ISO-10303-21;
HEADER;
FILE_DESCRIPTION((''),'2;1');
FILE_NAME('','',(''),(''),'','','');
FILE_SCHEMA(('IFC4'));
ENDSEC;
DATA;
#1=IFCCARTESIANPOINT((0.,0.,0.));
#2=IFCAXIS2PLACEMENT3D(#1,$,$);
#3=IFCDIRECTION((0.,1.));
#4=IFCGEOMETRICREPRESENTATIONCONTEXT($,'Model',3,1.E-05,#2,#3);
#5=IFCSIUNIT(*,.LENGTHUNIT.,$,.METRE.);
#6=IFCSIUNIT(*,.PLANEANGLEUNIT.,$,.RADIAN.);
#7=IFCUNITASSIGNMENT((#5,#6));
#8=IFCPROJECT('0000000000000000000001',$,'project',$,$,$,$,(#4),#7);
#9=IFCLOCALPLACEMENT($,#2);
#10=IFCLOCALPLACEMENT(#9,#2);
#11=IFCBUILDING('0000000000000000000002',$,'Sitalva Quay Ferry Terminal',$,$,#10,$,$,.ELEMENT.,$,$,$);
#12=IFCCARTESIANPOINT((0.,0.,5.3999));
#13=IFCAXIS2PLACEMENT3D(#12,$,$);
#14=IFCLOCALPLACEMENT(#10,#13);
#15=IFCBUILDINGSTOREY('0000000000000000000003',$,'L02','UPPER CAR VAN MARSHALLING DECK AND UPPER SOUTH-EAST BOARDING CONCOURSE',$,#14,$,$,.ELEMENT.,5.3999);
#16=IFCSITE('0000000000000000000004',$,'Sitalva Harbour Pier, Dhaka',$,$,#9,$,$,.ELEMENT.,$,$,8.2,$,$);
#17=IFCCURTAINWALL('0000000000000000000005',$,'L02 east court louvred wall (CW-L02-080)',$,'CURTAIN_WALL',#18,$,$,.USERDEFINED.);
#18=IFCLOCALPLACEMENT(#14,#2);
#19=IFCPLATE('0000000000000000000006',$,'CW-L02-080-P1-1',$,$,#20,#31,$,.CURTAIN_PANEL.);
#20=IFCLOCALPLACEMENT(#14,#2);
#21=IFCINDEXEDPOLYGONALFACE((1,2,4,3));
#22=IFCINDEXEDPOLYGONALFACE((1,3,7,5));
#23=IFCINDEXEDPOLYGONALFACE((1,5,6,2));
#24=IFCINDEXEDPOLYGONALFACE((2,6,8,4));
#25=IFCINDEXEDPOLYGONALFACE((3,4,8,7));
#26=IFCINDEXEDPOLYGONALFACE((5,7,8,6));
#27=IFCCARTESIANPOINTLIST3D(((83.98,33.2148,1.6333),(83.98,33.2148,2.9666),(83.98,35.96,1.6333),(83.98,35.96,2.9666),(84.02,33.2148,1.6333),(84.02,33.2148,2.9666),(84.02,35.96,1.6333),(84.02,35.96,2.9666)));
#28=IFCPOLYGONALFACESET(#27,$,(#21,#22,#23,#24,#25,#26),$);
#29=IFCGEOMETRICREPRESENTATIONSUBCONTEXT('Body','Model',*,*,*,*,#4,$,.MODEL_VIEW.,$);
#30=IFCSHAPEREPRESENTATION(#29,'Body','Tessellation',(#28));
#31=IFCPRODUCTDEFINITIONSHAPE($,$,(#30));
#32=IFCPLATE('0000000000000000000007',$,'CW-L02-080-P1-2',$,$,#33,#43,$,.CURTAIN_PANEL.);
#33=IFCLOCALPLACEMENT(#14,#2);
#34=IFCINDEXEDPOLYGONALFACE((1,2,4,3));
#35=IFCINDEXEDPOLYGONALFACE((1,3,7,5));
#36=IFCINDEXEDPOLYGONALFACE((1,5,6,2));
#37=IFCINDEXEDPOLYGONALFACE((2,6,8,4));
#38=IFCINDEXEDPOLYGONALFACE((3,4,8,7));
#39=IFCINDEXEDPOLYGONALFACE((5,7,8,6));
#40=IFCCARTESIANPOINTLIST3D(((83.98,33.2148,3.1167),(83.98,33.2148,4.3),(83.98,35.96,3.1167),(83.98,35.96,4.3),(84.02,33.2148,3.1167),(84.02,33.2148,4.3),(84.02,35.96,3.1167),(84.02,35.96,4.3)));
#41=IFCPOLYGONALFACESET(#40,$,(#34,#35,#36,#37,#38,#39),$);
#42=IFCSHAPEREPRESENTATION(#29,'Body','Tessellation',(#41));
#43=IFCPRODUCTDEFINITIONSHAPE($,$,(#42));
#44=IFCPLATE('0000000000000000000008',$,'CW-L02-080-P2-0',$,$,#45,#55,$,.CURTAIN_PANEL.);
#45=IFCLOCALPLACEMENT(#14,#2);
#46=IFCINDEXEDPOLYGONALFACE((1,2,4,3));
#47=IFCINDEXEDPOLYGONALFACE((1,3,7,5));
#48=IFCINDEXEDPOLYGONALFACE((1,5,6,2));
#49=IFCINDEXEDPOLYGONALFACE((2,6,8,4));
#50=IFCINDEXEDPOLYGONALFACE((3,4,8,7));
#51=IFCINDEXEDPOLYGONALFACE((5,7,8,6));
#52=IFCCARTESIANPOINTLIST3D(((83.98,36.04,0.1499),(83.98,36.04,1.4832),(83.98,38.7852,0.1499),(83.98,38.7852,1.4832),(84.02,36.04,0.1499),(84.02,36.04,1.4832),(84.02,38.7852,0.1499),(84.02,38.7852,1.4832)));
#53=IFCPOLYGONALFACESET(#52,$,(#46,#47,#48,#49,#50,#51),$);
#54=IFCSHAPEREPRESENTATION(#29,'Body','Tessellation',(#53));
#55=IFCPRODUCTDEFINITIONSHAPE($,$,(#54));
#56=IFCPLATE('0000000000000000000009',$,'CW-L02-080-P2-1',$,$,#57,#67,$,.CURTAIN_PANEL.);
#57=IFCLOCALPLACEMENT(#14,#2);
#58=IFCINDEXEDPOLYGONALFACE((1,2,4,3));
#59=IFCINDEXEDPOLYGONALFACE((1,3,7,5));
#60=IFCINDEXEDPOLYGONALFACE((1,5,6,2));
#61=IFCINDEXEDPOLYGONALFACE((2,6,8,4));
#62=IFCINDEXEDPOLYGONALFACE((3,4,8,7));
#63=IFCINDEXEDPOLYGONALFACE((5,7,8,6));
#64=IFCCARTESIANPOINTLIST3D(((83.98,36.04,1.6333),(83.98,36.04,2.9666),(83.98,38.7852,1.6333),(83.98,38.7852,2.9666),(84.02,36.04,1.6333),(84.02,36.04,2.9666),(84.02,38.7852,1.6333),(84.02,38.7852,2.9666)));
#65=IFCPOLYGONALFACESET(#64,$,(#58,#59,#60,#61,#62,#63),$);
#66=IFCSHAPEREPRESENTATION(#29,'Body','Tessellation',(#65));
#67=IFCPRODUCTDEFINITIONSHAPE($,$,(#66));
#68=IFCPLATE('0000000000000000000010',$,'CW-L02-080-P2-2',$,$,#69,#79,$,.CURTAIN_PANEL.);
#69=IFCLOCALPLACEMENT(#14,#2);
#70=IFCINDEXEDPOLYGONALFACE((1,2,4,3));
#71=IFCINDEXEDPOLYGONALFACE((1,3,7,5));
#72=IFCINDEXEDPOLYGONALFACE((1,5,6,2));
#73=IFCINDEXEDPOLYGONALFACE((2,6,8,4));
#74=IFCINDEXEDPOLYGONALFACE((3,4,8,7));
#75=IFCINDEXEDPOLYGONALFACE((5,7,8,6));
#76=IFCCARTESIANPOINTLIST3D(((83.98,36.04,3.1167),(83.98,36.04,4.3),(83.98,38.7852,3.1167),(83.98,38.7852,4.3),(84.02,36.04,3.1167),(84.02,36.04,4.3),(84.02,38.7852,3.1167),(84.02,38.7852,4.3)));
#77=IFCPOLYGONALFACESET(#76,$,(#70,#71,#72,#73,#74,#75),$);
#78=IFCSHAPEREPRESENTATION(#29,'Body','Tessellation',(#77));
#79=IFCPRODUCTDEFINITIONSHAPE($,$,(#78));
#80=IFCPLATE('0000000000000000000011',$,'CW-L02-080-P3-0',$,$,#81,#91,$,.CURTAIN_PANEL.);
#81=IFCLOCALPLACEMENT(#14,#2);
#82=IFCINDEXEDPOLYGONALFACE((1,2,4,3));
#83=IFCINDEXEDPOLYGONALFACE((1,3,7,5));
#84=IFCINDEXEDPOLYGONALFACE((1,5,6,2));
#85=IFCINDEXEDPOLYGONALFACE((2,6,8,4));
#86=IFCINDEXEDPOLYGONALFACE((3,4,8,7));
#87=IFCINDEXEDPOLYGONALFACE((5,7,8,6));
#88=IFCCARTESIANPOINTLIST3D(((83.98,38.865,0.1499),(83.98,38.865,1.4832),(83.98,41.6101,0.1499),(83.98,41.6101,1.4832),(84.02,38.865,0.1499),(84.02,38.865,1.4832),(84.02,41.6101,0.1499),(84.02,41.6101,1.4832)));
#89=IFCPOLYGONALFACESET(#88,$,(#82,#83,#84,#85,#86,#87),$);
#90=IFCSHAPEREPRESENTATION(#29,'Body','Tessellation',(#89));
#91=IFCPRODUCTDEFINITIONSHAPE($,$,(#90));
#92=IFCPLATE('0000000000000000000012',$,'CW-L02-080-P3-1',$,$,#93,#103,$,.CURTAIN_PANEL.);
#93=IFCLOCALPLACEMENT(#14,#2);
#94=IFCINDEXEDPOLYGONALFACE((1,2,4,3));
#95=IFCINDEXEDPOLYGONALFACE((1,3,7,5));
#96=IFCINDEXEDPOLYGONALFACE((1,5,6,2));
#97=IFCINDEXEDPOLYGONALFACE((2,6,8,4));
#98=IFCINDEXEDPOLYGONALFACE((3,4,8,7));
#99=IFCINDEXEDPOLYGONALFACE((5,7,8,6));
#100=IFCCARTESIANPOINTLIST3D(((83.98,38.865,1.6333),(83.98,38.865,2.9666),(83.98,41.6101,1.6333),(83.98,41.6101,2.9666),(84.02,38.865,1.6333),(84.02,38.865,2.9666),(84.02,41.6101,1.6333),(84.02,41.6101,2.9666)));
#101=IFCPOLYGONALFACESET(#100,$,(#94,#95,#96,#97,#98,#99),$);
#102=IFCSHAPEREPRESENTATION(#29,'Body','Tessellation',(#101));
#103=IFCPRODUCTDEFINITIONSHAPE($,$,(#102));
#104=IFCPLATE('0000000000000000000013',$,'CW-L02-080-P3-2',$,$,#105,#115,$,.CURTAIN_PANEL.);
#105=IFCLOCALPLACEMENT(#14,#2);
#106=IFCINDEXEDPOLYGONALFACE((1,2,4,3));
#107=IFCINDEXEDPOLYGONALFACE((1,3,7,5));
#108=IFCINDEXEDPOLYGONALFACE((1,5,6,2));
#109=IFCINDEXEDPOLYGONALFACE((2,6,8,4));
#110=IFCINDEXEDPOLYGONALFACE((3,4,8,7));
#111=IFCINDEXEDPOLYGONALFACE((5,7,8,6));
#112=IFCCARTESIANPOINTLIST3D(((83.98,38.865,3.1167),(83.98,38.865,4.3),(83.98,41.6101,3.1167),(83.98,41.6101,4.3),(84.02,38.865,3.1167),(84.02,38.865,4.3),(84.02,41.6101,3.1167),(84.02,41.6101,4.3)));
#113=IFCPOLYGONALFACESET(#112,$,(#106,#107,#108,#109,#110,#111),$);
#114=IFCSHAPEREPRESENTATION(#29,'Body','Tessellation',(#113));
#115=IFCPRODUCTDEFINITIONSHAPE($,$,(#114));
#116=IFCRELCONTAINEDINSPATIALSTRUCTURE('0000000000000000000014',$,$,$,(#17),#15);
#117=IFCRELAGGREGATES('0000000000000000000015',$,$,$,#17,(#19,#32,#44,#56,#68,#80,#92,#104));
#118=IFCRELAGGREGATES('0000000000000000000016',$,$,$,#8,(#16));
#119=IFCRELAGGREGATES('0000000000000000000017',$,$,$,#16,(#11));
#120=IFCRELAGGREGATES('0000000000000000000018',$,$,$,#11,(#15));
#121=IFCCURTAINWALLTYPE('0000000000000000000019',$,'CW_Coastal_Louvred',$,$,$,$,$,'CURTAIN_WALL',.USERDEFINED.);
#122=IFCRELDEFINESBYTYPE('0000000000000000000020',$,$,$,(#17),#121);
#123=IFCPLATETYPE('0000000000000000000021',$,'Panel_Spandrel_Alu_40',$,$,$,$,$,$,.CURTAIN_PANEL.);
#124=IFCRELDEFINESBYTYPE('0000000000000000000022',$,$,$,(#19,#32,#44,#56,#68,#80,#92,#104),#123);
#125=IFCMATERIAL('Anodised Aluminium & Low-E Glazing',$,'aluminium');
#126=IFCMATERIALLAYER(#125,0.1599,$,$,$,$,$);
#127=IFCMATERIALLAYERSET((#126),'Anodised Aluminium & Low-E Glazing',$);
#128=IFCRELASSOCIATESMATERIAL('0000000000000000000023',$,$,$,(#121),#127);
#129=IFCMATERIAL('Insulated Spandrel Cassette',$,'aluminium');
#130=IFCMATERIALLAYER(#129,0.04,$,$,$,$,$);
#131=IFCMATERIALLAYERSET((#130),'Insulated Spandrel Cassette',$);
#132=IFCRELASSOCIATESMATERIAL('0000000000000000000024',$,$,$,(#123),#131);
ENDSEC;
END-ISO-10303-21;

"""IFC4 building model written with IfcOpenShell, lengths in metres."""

from ifc_helpers import new_model, si_unit, direction, frame, origin, origin_2d, place, context, subcontext, project, spatial, rectangle, extrude, material, layer, layer_set, type_object, element, aggregate, save


model = new_model("IFC4")

# Units and contexts
model_context = context("Model", 3, precision=1e-05, world=origin(), true_north=direction((0.0, 1.0)))
body_context = subcontext(model_context, "Body", "Model", "MODEL_VIEW")
ifc_project = project(units=[si_unit("LENGTHUNIT", "METRE"), si_unit("PLANEANGLEUNIT", "RADIAN")], contexts=[model_context])

# Site, building, storey
site_placement = place(None, origin())
site = spatial("IfcSite", under=ifc_project, at=site_placement, Name="Sitalva Harbour Pier, Dhaka", CompositionType="ELEMENT", RefElevation=8.2)
building_placement = place(site_placement, origin())
building = spatial("IfcBuilding", under=site, at=building_placement, Name="Sitalva Quay Ferry Terminal", CompositionType="ELEMENT")
storey_placement = place(building_placement, frame((0.0, 0.0, 5.3999)))
storey = spatial("IfcBuildingStorey", under=building, at=storey_placement, Name="L02", Description="UPPER CAR VAN MARSHALLING DECK AND UPPER SOUTH-EAST BOARDING CONCOURSE", CompositionType="ELEMENT", Elevation=5.3999)

# Curtain wall, plates
ifc_material_1 = material(Name="Anodised Aluminium & Low-E Glazing", Category="aluminium")
ifc_layer_1 = layer(ifc_material_1, 0.1599)
ifc_layer_set_1 = layer_set([ifc_layer_1], Name="Anodised Aluminium & Low-E Glazing")
curtain_wall_type = type_object("IfcCurtainWallType", Name="CW_Coastal_Louvred", ElementType="CURTAIN_WALL", PredefinedType="USERDEFINED", material=ifc_layer_set_1)
curtain_wall_placement = place(storey_placement, origin())
curtain_wall = element("IfcCurtainWall", 1, at=curtain_wall_placement, inside=storey, type_object=curtain_wall_type, Name="L02 east court louvred wall (CW-L02-080)", ObjectType="CURTAIN_WALL", PredefinedType="USERDEFINED")
ifc_material_2 = material(Name="Insulated Spandrel Cassette", Category="aluminium")
ifc_layer_2 = layer(ifc_material_2, 0.04)
ifc_layer_set_2 = layer_set([ifc_layer_2], Name="Insulated Spandrel Cassette")
plate_type = type_object("IfcPlateType", Name="Panel_Spandrel_Alu_40", PredefinedType="CURTAIN_PANEL", material=ifc_layer_set_2)
plate_1_placement = place(storey_placement, frame((84.0, 34.5874, 1.6333), z_axis=(0.0, 0.0, 1.0), x_axis=(0.0, 1.0, 0.0)))
plate_1 = element("IfcPlate", 2, at=plate_1_placement, type_object=plate_type, Name="CW-L02-080-P1-1", PredefinedType="CURTAIN_PANEL", context=body_context, shape_type="SweptSolid", body=[
    extrude(rectangle(XDim=2.7451, YDim=0.04, at=origin_2d()), origin(), (0.0, 0.0, 1.0), 1.3333),
])
plate_2_placement = place(storey_placement, frame((84.0, 34.5874, 3.1167), z_axis=(0.0, 0.0, 1.0), x_axis=(0.0, 1.0, 0.0)))
plate_2 = element("IfcPlate", 3, at=plate_2_placement, type_object=plate_type, Name="CW-L02-080-P1-2", PredefinedType="CURTAIN_PANEL", context=body_context, shape_type="SweptSolid", body=[
    extrude(rectangle(XDim=2.7451, YDim=0.04, at=origin_2d()), origin(), (0.0, 0.0, 1.0), 1.1833),
])
plate_3_placement = place(storey_placement, frame((84.0, 37.4126, 0.1499), z_axis=(0.0, 0.0, 1.0), x_axis=(0.0, 1.0, 0.0)))
plate_3 = element("IfcPlate", 4, at=plate_3_placement, type_object=plate_type, Name="CW-L02-080-P2-0", PredefinedType="CURTAIN_PANEL", context=body_context, shape_type="SweptSolid", body=[
    extrude(rectangle(XDim=2.7451, YDim=0.04, at=origin_2d()), origin(), (0.0, 0.0, 1.0), 1.3333),
])
plate_4_placement = place(storey_placement, frame((84.0, 37.4126, 1.6333), z_axis=(0.0, 0.0, 1.0), x_axis=(0.0, 1.0, 0.0)))
plate_4 = element("IfcPlate", 5, at=plate_4_placement, type_object=plate_type, Name="CW-L02-080-P2-1", PredefinedType="CURTAIN_PANEL", context=body_context, shape_type="SweptSolid", body=[
    extrude(rectangle(XDim=2.7451, YDim=0.04, at=origin_2d()), origin(), (0.0, 0.0, 1.0), 1.3333),
])
plate_5_placement = place(storey_placement, frame((84.0, 37.4126, 3.1167), z_axis=(0.0, 0.0, 1.0), x_axis=(0.0, 1.0, 0.0)))
plate_5 = element("IfcPlate", 6, at=plate_5_placement, type_object=plate_type, Name="CW-L02-080-P2-2", PredefinedType="CURTAIN_PANEL", context=body_context, shape_type="SweptSolid", body=[
    extrude(rectangle(XDim=2.7451, YDim=0.04, at=origin_2d()), origin(), (0.0, 0.0, 1.0), 1.1833),
])
plate_6_placement = place(storey_placement, frame((84.0, 40.2375, 0.1499), z_axis=(0.0, 0.0, 1.0), x_axis=(0.0, 1.0, 0.0)))
plate_6 = element("IfcPlate", 7, at=plate_6_placement, type_object=plate_type, Name="CW-L02-080-P3-0", PredefinedType="CURTAIN_PANEL", context=body_context, shape_type="SweptSolid", body=[
    extrude(rectangle(XDim=2.7451, YDim=0.04, at=origin_2d()), origin(), (0.0, 0.0, 1.0), 1.3333),
])
plate_7_placement = place(storey_placement, frame((84.0, 40.2375, 1.6333), z_axis=(0.0, 0.0, 1.0), x_axis=(0.0, 1.0, 0.0)))
plate_7 = element("IfcPlate", 8, at=plate_7_placement, type_object=plate_type, Name="CW-L02-080-P3-1", PredefinedType="CURTAIN_PANEL", context=body_context, shape_type="SweptSolid", body=[
    extrude(rectangle(XDim=2.7451, YDim=0.04, at=origin_2d()), origin(), (0.0, 0.0, 1.0), 1.3333),
])
plate_8_placement = place(storey_placement, frame((84.0, 40.2375, 3.1167), z_axis=(0.0, 0.0, 1.0), x_axis=(0.0, 1.0, 0.0)))
plate_8 = element("IfcPlate", 9, at=plate_8_placement, type_object=plate_type, Name="CW-L02-080-P3-2", PredefinedType="CURTAIN_PANEL", context=body_context, shape_type="SweptSolid", body=[
    extrude(rectangle(XDim=2.7451, YDim=0.04, at=origin_2d()), origin(), (0.0, 0.0, 1.0), 1.1833),
])
aggregate(curtain_wall, [plate_1, plate_2, plate_3, plate_4, plate_5, plate_6, plate_7, plate_8])

save(model, "model.ifc")
